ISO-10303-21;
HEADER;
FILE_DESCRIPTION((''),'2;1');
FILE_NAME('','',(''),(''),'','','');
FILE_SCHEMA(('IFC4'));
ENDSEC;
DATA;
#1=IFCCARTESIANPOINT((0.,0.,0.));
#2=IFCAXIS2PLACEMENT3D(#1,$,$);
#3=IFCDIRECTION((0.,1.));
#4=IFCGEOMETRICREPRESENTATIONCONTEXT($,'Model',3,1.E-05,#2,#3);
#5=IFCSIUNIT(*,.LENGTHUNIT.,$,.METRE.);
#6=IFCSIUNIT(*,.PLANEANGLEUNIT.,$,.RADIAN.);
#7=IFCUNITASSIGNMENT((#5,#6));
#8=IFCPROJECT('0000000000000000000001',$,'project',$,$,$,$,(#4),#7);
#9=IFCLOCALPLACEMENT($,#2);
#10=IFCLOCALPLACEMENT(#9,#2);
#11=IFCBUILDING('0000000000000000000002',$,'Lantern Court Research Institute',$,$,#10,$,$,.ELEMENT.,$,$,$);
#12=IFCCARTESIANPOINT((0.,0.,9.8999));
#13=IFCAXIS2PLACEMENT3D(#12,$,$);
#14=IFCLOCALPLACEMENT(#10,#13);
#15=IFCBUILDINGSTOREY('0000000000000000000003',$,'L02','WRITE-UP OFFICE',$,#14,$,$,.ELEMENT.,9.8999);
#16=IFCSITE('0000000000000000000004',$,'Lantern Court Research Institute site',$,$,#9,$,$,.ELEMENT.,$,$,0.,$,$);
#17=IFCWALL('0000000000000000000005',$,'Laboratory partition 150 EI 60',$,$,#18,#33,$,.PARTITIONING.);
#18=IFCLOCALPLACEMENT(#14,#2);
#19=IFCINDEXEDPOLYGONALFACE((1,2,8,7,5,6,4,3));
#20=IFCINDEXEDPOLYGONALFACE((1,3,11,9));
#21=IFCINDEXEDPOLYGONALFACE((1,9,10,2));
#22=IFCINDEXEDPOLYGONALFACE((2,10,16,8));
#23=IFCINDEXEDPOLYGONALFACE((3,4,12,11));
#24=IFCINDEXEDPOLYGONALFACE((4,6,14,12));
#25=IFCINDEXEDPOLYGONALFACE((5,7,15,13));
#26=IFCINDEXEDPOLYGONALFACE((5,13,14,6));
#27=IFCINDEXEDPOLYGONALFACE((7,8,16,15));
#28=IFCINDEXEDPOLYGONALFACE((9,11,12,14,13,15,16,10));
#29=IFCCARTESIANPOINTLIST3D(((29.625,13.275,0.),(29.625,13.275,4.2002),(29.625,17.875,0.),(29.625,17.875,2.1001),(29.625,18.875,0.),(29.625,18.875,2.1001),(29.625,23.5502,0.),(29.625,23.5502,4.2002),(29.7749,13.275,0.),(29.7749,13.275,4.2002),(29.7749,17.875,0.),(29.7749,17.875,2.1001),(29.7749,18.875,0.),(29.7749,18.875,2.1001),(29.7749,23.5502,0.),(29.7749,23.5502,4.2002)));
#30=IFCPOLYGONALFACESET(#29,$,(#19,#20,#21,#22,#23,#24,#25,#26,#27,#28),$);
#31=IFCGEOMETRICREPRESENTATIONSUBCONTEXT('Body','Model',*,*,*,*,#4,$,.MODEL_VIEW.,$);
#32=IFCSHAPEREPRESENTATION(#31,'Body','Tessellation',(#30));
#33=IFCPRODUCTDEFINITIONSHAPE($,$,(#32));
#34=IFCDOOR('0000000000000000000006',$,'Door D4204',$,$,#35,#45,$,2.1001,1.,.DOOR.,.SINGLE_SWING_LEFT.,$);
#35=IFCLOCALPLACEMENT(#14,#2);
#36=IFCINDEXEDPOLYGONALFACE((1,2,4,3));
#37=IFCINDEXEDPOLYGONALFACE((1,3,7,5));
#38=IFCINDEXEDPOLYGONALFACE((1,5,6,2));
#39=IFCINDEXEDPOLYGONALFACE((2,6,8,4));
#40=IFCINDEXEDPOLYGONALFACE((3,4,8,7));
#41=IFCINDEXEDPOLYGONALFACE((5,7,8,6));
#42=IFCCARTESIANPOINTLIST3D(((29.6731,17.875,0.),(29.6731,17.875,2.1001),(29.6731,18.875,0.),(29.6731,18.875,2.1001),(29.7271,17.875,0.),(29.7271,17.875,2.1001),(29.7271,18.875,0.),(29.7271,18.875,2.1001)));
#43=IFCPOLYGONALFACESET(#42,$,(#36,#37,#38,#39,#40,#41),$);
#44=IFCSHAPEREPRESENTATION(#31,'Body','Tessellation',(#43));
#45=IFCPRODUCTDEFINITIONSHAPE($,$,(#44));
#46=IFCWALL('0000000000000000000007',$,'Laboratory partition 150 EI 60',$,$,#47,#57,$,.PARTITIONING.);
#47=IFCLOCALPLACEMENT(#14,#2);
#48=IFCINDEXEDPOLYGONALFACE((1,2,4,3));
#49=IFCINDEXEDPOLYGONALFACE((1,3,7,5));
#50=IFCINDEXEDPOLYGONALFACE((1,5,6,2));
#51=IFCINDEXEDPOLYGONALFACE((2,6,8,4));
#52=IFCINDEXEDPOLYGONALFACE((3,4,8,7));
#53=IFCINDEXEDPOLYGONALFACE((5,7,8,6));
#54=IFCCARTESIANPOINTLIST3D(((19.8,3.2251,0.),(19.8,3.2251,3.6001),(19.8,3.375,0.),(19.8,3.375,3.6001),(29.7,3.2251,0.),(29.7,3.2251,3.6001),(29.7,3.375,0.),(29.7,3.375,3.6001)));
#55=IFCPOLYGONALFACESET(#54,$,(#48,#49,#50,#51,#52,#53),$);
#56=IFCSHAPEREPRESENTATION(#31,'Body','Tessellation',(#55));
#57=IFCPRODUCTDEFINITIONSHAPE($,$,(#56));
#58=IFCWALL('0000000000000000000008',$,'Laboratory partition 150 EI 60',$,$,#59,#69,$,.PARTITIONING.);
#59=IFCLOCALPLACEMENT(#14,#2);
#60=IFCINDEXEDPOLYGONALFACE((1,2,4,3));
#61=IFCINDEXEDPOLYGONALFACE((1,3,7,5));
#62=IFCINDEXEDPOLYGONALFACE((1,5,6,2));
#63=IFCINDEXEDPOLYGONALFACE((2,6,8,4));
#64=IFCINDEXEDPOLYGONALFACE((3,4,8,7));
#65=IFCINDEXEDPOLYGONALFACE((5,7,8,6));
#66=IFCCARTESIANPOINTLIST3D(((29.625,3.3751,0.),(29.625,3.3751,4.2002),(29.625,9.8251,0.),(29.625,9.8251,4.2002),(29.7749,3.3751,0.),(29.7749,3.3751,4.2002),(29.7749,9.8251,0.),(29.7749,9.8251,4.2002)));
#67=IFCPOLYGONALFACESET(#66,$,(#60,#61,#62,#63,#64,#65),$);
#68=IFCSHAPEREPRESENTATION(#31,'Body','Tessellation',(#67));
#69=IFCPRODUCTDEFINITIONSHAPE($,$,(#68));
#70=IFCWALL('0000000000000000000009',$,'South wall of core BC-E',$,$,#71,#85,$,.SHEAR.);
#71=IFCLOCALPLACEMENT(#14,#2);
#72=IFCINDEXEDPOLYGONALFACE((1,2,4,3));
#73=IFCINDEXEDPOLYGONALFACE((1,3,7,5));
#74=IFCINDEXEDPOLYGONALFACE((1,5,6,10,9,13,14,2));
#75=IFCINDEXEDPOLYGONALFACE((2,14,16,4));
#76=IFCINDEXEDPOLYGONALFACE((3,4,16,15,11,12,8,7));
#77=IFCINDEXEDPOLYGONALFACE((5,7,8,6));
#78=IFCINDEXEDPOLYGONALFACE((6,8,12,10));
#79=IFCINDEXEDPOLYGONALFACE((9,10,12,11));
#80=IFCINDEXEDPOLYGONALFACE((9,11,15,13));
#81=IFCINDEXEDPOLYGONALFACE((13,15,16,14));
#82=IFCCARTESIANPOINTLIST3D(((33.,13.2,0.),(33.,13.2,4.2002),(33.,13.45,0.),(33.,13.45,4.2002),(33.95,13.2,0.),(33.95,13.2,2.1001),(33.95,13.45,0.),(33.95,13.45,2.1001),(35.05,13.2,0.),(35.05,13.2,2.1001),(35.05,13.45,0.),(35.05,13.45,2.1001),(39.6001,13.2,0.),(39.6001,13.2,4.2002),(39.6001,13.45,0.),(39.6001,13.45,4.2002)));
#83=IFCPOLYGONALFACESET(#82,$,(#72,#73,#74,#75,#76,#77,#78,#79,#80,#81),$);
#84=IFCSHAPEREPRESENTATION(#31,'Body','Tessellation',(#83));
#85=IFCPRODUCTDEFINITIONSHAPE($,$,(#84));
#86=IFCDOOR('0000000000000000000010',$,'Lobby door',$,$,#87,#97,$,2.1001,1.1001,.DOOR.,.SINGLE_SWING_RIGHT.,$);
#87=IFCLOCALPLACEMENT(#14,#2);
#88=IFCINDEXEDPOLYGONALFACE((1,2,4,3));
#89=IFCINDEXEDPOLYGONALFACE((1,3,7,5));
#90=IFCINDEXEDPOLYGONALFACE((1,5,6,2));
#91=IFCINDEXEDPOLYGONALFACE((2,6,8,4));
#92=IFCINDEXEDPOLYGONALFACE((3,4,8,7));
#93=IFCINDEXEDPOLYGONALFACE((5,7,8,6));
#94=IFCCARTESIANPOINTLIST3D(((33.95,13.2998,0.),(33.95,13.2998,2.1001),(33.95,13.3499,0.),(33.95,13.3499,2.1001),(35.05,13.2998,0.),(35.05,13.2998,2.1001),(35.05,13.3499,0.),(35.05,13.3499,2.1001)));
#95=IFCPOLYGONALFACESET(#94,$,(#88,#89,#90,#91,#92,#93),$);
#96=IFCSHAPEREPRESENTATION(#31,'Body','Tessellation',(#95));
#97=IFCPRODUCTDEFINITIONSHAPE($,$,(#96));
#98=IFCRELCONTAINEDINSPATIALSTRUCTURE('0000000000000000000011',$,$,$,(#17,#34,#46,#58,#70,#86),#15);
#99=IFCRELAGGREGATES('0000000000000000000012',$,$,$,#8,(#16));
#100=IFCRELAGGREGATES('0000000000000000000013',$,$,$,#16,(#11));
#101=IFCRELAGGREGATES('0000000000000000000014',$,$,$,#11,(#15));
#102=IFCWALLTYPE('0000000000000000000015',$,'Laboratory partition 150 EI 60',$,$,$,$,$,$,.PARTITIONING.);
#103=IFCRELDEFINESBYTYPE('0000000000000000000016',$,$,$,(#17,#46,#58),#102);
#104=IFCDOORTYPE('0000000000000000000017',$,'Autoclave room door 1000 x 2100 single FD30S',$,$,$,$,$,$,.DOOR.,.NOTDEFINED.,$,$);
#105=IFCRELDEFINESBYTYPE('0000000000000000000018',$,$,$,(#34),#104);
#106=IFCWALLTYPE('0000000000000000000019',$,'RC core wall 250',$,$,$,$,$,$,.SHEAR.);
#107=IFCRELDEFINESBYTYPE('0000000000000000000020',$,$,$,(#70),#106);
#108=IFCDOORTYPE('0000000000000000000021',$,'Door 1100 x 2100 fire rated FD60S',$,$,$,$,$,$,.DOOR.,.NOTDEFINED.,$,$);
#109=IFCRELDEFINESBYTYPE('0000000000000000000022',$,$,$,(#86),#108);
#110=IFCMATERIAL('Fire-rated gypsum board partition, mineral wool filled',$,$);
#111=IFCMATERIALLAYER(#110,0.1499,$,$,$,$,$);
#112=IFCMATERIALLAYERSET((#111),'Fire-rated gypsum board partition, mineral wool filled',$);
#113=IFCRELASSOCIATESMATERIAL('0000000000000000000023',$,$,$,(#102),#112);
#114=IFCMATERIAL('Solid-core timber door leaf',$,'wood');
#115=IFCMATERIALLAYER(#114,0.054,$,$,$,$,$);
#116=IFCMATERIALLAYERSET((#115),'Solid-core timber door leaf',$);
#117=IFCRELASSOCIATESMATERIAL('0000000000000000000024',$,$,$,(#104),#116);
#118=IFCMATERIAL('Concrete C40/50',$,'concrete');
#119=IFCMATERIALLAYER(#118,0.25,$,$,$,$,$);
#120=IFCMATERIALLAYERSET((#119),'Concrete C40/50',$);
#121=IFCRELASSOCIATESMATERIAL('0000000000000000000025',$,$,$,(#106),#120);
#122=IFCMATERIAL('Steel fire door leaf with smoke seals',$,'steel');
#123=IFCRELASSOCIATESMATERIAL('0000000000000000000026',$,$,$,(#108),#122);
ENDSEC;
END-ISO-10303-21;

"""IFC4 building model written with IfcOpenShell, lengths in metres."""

from ifc_helpers import new_model, si_unit, direction, frame, frame_2d, origin, place, context, subcontext, project, spatial, rectangle, extrude, material, layer, layer_set, type_object, element, fill, save


model = new_model("IFC4")

# Units and contexts
model_context = context("Model", 3, precision=1e-05, world=origin(), true_north=direction((0.0, 1.0)))
body_context = subcontext(model_context, "Body", "Model", "MODEL_VIEW")
ifc_project = project(units=[si_unit("LENGTHUNIT", "METRE"), si_unit("PLANEANGLEUNIT", "RADIAN")], contexts=[model_context])

# Site, building, storey
site_placement = place(None, origin())
site = spatial("IfcSite", under=ifc_project, at=site_placement, Name="Lantern Court Research Institute site", CompositionType="ELEMENT", RefElevation=0.0)
building_placement = place(site_placement, origin())
building = spatial("IfcBuilding", under=site, at=building_placement, Name="Lantern Court Research Institute", CompositionType="ELEMENT")
storey_placement = place(building_placement, frame((0.0, 0.0, 9.8999)))
storey = spatial("IfcBuildingStorey", under=building, at=storey_placement, Name="L02", Description="WRITE-UP OFFICE", CompositionType="ELEMENT", Elevation=9.8999)

# Shared definitions
ifc_material_1 = material(Name="Fire-rated gypsum board partition, mineral wool filled")
ifc_layer_1 = layer(ifc_material_1, 0.1499)
ifc_layer_set_1 = layer_set([ifc_layer_1], Name="Fire-rated gypsum board partition, mineral wool filled")
wall_type_1 = type_object("IfcWallType", Name="Laboratory partition 150 EI 60", PredefinedType="PARTITIONING", material=ifc_layer_set_1)

# Wall, opening, door
wall_1_placement = place(storey_placement, frame((29.7, 13.2749, 0.0), z_axis=(0.0, 0.0, 1.0), x_axis=(0.0, 1.0, 0.0)))
wall_1 = element("IfcWall", 1, at=wall_1_placement, inside=storey, type_object=wall_type_1, Name="Laboratory partition 150 EI 60", PredefinedType="PARTITIONING", context=body_context, shape_type="SweptSolid", body=[
    extrude(rectangle(XDim=10.2751, YDim=0.1499, at=frame_2d((5.1377, 0.0))), origin(), (0.0, 0.0, 1.0), 4.2002),
])
opening_1_placement = place(wall_1_placement, frame((4.6001, 0.0, 0.0)))
opening_1 = element("IfcOpeningElement", 2, at=opening_1_placement, cuts=wall_1, PredefinedType="OPENING", context=body_context, shape_type="SweptSolid", body=[
    extrude(rectangle(XDim=1.0, YDim=2.1001, at=frame_2d((0.5, 1.05))), frame((0.0, 0.085, 0.0), z_axis=(0.0, -1.0, 0.0), x_axis=(1.0, 0.0, 0.0)), (0.0, 0.0, 1.0), 0.1699),
])
ifc_material_2 = material(Name="Solid-core timber door leaf", Category="wood")
ifc_layer_2 = layer(ifc_material_2, 0.054)
ifc_layer_set_2 = layer_set([ifc_layer_2], Name="Solid-core timber door leaf")
door_type_1 = type_object("IfcDoorType", Name="Autoclave room door 1000 x 2100 single FD30S", OperationType="NOTDEFINED", PredefinedType="DOOR", material=ifc_layer_set_2)
door_1_placement = place(opening_1_placement, origin())
door_1 = element("IfcDoor", 3, at=door_1_placement, inside=storey, type_object=door_type_1, Name="Door D4204", OperationType="SINGLE_SWING_LEFT", OverallHeight=2.1001, OverallWidth=1.0, PredefinedType="DOOR", context=body_context, shape_type="SweptSolid", body=[
    extrude(rectangle(XDim=1.0, YDim=2.1001, at=frame_2d((0.5, 1.05))), frame((0.0, 0.0269, 0.0), z_axis=(0.0, -1.0, 0.0), x_axis=(1.0, 0.0, 0.0)), (0.0, 0.0, 1.0), 0.054),
])
fill(opening_1, door_1)

# Walls
wall_2_placement = place(storey_placement, frame((29.7, 3.3, 0.0), z_axis=(0.0, 0.0, 1.0), x_axis=(-1.0, 0.0, 0.0)))
element("IfcWall", 4, at=wall_2_placement, inside=storey, type_object=wall_type_1, Name="Laboratory partition 150 EI 60", PredefinedType="PARTITIONING", context=body_context, shape_type="SweptSolid", body=[
    extrude(rectangle(XDim=9.8999, YDim=0.1499, at=frame_2d((4.95, 0.0))), origin(), (0.0, 0.0, 1.0), 3.6001),
])
wall_3_placement = place(storey_placement, frame((29.7, 3.375, 0.0), z_axis=(0.0, 0.0, 1.0), x_axis=(0.0, 1.0, 0.0)))
element("IfcWall", 5, at=wall_3_placement, inside=storey, type_object=wall_type_1, Name="Laboratory partition 150 EI 60", PredefinedType="PARTITIONING", context=body_context, shape_type="SweptSolid", body=[
    extrude(rectangle(XDim=6.45, YDim=0.1499, at=frame_2d((3.2251, 0.0))), origin(), (0.0, 0.0, 1.0), 4.2002),
])

# Wall, opening, door
ifc_material_3 = material(Name="Concrete C40/50", Category="concrete")
ifc_layer_3 = layer(ifc_material_3, 0.25)
ifc_layer_set_3 = layer_set([ifc_layer_3], Name="Concrete C40/50")
wall_type_2 = type_object("IfcWallType", Name="RC core wall 250", PredefinedType="SHEAR", material=ifc_layer_set_3)
wall_4_placement = place(storey_placement, frame((33.0, 13.325, 0.0), z_axis=(0.0, 0.0, 1.0), x_axis=(1.0, 0.0, 0.0)))
wall_4 = element("IfcWall", 6, at=wall_4_placement, inside=storey, type_object=wall_type_2, Name="South wall of core BC-E", PredefinedType="SHEAR", context=body_context, shape_type="SweptSolid", body=[
    extrude(rectangle(XDim=6.6001, YDim=0.25, at=frame_2d((3.3, 0.0))), origin(), (0.0, 0.0, 1.0), 4.2002),
])
opening_2_placement = place(wall_4_placement, frame((0.95, 0.0, 0.0)))
opening_2 = element("IfcOpeningElement", 7, at=opening_2_placement, cuts=wall_4, PredefinedType="OPENING", context=body_context, shape_type="SweptSolid", body=[
    extrude(rectangle(XDim=1.1001, YDim=2.1001, at=frame_2d((0.55, 1.05))), frame((0.0, 0.135, 0.0), z_axis=(0.0, -1.0, 0.0), x_axis=(1.0, 0.0, 0.0)), (0.0, 0.0, 1.0), 0.27),
])
ifc_material_4 = material(Name="Steel fire door leaf with smoke seals", Category="steel")
door_type_2 = type_object("IfcDoorType", Name="Door 1100 x 2100 fire rated FD60S", OperationType="NOTDEFINED", PredefinedType="DOOR", material=ifc_material_4)
door_2_placement = place(opening_2_placement, origin())
door_2 = element("IfcDoor", 8, at=door_2_placement, inside=storey, type_object=door_type_2, Name="Lobby door", OperationType="SINGLE_SWING_RIGHT", OverallHeight=2.1001, OverallWidth=1.1001, PredefinedType="DOOR", context=body_context, shape_type="SweptSolid", body=[
    extrude(rectangle(XDim=1.1001, YDim=2.1001, at=frame_2d((0.55, 1.05))), frame((0.0, 0.0249, 0.0), z_axis=(0.0, -1.0, 0.0), x_axis=(1.0, 0.0, 0.0)), (0.0, 0.0, 1.0), 0.05),
])
fill(opening_2, door_2)

save(model, "model.ifc")
